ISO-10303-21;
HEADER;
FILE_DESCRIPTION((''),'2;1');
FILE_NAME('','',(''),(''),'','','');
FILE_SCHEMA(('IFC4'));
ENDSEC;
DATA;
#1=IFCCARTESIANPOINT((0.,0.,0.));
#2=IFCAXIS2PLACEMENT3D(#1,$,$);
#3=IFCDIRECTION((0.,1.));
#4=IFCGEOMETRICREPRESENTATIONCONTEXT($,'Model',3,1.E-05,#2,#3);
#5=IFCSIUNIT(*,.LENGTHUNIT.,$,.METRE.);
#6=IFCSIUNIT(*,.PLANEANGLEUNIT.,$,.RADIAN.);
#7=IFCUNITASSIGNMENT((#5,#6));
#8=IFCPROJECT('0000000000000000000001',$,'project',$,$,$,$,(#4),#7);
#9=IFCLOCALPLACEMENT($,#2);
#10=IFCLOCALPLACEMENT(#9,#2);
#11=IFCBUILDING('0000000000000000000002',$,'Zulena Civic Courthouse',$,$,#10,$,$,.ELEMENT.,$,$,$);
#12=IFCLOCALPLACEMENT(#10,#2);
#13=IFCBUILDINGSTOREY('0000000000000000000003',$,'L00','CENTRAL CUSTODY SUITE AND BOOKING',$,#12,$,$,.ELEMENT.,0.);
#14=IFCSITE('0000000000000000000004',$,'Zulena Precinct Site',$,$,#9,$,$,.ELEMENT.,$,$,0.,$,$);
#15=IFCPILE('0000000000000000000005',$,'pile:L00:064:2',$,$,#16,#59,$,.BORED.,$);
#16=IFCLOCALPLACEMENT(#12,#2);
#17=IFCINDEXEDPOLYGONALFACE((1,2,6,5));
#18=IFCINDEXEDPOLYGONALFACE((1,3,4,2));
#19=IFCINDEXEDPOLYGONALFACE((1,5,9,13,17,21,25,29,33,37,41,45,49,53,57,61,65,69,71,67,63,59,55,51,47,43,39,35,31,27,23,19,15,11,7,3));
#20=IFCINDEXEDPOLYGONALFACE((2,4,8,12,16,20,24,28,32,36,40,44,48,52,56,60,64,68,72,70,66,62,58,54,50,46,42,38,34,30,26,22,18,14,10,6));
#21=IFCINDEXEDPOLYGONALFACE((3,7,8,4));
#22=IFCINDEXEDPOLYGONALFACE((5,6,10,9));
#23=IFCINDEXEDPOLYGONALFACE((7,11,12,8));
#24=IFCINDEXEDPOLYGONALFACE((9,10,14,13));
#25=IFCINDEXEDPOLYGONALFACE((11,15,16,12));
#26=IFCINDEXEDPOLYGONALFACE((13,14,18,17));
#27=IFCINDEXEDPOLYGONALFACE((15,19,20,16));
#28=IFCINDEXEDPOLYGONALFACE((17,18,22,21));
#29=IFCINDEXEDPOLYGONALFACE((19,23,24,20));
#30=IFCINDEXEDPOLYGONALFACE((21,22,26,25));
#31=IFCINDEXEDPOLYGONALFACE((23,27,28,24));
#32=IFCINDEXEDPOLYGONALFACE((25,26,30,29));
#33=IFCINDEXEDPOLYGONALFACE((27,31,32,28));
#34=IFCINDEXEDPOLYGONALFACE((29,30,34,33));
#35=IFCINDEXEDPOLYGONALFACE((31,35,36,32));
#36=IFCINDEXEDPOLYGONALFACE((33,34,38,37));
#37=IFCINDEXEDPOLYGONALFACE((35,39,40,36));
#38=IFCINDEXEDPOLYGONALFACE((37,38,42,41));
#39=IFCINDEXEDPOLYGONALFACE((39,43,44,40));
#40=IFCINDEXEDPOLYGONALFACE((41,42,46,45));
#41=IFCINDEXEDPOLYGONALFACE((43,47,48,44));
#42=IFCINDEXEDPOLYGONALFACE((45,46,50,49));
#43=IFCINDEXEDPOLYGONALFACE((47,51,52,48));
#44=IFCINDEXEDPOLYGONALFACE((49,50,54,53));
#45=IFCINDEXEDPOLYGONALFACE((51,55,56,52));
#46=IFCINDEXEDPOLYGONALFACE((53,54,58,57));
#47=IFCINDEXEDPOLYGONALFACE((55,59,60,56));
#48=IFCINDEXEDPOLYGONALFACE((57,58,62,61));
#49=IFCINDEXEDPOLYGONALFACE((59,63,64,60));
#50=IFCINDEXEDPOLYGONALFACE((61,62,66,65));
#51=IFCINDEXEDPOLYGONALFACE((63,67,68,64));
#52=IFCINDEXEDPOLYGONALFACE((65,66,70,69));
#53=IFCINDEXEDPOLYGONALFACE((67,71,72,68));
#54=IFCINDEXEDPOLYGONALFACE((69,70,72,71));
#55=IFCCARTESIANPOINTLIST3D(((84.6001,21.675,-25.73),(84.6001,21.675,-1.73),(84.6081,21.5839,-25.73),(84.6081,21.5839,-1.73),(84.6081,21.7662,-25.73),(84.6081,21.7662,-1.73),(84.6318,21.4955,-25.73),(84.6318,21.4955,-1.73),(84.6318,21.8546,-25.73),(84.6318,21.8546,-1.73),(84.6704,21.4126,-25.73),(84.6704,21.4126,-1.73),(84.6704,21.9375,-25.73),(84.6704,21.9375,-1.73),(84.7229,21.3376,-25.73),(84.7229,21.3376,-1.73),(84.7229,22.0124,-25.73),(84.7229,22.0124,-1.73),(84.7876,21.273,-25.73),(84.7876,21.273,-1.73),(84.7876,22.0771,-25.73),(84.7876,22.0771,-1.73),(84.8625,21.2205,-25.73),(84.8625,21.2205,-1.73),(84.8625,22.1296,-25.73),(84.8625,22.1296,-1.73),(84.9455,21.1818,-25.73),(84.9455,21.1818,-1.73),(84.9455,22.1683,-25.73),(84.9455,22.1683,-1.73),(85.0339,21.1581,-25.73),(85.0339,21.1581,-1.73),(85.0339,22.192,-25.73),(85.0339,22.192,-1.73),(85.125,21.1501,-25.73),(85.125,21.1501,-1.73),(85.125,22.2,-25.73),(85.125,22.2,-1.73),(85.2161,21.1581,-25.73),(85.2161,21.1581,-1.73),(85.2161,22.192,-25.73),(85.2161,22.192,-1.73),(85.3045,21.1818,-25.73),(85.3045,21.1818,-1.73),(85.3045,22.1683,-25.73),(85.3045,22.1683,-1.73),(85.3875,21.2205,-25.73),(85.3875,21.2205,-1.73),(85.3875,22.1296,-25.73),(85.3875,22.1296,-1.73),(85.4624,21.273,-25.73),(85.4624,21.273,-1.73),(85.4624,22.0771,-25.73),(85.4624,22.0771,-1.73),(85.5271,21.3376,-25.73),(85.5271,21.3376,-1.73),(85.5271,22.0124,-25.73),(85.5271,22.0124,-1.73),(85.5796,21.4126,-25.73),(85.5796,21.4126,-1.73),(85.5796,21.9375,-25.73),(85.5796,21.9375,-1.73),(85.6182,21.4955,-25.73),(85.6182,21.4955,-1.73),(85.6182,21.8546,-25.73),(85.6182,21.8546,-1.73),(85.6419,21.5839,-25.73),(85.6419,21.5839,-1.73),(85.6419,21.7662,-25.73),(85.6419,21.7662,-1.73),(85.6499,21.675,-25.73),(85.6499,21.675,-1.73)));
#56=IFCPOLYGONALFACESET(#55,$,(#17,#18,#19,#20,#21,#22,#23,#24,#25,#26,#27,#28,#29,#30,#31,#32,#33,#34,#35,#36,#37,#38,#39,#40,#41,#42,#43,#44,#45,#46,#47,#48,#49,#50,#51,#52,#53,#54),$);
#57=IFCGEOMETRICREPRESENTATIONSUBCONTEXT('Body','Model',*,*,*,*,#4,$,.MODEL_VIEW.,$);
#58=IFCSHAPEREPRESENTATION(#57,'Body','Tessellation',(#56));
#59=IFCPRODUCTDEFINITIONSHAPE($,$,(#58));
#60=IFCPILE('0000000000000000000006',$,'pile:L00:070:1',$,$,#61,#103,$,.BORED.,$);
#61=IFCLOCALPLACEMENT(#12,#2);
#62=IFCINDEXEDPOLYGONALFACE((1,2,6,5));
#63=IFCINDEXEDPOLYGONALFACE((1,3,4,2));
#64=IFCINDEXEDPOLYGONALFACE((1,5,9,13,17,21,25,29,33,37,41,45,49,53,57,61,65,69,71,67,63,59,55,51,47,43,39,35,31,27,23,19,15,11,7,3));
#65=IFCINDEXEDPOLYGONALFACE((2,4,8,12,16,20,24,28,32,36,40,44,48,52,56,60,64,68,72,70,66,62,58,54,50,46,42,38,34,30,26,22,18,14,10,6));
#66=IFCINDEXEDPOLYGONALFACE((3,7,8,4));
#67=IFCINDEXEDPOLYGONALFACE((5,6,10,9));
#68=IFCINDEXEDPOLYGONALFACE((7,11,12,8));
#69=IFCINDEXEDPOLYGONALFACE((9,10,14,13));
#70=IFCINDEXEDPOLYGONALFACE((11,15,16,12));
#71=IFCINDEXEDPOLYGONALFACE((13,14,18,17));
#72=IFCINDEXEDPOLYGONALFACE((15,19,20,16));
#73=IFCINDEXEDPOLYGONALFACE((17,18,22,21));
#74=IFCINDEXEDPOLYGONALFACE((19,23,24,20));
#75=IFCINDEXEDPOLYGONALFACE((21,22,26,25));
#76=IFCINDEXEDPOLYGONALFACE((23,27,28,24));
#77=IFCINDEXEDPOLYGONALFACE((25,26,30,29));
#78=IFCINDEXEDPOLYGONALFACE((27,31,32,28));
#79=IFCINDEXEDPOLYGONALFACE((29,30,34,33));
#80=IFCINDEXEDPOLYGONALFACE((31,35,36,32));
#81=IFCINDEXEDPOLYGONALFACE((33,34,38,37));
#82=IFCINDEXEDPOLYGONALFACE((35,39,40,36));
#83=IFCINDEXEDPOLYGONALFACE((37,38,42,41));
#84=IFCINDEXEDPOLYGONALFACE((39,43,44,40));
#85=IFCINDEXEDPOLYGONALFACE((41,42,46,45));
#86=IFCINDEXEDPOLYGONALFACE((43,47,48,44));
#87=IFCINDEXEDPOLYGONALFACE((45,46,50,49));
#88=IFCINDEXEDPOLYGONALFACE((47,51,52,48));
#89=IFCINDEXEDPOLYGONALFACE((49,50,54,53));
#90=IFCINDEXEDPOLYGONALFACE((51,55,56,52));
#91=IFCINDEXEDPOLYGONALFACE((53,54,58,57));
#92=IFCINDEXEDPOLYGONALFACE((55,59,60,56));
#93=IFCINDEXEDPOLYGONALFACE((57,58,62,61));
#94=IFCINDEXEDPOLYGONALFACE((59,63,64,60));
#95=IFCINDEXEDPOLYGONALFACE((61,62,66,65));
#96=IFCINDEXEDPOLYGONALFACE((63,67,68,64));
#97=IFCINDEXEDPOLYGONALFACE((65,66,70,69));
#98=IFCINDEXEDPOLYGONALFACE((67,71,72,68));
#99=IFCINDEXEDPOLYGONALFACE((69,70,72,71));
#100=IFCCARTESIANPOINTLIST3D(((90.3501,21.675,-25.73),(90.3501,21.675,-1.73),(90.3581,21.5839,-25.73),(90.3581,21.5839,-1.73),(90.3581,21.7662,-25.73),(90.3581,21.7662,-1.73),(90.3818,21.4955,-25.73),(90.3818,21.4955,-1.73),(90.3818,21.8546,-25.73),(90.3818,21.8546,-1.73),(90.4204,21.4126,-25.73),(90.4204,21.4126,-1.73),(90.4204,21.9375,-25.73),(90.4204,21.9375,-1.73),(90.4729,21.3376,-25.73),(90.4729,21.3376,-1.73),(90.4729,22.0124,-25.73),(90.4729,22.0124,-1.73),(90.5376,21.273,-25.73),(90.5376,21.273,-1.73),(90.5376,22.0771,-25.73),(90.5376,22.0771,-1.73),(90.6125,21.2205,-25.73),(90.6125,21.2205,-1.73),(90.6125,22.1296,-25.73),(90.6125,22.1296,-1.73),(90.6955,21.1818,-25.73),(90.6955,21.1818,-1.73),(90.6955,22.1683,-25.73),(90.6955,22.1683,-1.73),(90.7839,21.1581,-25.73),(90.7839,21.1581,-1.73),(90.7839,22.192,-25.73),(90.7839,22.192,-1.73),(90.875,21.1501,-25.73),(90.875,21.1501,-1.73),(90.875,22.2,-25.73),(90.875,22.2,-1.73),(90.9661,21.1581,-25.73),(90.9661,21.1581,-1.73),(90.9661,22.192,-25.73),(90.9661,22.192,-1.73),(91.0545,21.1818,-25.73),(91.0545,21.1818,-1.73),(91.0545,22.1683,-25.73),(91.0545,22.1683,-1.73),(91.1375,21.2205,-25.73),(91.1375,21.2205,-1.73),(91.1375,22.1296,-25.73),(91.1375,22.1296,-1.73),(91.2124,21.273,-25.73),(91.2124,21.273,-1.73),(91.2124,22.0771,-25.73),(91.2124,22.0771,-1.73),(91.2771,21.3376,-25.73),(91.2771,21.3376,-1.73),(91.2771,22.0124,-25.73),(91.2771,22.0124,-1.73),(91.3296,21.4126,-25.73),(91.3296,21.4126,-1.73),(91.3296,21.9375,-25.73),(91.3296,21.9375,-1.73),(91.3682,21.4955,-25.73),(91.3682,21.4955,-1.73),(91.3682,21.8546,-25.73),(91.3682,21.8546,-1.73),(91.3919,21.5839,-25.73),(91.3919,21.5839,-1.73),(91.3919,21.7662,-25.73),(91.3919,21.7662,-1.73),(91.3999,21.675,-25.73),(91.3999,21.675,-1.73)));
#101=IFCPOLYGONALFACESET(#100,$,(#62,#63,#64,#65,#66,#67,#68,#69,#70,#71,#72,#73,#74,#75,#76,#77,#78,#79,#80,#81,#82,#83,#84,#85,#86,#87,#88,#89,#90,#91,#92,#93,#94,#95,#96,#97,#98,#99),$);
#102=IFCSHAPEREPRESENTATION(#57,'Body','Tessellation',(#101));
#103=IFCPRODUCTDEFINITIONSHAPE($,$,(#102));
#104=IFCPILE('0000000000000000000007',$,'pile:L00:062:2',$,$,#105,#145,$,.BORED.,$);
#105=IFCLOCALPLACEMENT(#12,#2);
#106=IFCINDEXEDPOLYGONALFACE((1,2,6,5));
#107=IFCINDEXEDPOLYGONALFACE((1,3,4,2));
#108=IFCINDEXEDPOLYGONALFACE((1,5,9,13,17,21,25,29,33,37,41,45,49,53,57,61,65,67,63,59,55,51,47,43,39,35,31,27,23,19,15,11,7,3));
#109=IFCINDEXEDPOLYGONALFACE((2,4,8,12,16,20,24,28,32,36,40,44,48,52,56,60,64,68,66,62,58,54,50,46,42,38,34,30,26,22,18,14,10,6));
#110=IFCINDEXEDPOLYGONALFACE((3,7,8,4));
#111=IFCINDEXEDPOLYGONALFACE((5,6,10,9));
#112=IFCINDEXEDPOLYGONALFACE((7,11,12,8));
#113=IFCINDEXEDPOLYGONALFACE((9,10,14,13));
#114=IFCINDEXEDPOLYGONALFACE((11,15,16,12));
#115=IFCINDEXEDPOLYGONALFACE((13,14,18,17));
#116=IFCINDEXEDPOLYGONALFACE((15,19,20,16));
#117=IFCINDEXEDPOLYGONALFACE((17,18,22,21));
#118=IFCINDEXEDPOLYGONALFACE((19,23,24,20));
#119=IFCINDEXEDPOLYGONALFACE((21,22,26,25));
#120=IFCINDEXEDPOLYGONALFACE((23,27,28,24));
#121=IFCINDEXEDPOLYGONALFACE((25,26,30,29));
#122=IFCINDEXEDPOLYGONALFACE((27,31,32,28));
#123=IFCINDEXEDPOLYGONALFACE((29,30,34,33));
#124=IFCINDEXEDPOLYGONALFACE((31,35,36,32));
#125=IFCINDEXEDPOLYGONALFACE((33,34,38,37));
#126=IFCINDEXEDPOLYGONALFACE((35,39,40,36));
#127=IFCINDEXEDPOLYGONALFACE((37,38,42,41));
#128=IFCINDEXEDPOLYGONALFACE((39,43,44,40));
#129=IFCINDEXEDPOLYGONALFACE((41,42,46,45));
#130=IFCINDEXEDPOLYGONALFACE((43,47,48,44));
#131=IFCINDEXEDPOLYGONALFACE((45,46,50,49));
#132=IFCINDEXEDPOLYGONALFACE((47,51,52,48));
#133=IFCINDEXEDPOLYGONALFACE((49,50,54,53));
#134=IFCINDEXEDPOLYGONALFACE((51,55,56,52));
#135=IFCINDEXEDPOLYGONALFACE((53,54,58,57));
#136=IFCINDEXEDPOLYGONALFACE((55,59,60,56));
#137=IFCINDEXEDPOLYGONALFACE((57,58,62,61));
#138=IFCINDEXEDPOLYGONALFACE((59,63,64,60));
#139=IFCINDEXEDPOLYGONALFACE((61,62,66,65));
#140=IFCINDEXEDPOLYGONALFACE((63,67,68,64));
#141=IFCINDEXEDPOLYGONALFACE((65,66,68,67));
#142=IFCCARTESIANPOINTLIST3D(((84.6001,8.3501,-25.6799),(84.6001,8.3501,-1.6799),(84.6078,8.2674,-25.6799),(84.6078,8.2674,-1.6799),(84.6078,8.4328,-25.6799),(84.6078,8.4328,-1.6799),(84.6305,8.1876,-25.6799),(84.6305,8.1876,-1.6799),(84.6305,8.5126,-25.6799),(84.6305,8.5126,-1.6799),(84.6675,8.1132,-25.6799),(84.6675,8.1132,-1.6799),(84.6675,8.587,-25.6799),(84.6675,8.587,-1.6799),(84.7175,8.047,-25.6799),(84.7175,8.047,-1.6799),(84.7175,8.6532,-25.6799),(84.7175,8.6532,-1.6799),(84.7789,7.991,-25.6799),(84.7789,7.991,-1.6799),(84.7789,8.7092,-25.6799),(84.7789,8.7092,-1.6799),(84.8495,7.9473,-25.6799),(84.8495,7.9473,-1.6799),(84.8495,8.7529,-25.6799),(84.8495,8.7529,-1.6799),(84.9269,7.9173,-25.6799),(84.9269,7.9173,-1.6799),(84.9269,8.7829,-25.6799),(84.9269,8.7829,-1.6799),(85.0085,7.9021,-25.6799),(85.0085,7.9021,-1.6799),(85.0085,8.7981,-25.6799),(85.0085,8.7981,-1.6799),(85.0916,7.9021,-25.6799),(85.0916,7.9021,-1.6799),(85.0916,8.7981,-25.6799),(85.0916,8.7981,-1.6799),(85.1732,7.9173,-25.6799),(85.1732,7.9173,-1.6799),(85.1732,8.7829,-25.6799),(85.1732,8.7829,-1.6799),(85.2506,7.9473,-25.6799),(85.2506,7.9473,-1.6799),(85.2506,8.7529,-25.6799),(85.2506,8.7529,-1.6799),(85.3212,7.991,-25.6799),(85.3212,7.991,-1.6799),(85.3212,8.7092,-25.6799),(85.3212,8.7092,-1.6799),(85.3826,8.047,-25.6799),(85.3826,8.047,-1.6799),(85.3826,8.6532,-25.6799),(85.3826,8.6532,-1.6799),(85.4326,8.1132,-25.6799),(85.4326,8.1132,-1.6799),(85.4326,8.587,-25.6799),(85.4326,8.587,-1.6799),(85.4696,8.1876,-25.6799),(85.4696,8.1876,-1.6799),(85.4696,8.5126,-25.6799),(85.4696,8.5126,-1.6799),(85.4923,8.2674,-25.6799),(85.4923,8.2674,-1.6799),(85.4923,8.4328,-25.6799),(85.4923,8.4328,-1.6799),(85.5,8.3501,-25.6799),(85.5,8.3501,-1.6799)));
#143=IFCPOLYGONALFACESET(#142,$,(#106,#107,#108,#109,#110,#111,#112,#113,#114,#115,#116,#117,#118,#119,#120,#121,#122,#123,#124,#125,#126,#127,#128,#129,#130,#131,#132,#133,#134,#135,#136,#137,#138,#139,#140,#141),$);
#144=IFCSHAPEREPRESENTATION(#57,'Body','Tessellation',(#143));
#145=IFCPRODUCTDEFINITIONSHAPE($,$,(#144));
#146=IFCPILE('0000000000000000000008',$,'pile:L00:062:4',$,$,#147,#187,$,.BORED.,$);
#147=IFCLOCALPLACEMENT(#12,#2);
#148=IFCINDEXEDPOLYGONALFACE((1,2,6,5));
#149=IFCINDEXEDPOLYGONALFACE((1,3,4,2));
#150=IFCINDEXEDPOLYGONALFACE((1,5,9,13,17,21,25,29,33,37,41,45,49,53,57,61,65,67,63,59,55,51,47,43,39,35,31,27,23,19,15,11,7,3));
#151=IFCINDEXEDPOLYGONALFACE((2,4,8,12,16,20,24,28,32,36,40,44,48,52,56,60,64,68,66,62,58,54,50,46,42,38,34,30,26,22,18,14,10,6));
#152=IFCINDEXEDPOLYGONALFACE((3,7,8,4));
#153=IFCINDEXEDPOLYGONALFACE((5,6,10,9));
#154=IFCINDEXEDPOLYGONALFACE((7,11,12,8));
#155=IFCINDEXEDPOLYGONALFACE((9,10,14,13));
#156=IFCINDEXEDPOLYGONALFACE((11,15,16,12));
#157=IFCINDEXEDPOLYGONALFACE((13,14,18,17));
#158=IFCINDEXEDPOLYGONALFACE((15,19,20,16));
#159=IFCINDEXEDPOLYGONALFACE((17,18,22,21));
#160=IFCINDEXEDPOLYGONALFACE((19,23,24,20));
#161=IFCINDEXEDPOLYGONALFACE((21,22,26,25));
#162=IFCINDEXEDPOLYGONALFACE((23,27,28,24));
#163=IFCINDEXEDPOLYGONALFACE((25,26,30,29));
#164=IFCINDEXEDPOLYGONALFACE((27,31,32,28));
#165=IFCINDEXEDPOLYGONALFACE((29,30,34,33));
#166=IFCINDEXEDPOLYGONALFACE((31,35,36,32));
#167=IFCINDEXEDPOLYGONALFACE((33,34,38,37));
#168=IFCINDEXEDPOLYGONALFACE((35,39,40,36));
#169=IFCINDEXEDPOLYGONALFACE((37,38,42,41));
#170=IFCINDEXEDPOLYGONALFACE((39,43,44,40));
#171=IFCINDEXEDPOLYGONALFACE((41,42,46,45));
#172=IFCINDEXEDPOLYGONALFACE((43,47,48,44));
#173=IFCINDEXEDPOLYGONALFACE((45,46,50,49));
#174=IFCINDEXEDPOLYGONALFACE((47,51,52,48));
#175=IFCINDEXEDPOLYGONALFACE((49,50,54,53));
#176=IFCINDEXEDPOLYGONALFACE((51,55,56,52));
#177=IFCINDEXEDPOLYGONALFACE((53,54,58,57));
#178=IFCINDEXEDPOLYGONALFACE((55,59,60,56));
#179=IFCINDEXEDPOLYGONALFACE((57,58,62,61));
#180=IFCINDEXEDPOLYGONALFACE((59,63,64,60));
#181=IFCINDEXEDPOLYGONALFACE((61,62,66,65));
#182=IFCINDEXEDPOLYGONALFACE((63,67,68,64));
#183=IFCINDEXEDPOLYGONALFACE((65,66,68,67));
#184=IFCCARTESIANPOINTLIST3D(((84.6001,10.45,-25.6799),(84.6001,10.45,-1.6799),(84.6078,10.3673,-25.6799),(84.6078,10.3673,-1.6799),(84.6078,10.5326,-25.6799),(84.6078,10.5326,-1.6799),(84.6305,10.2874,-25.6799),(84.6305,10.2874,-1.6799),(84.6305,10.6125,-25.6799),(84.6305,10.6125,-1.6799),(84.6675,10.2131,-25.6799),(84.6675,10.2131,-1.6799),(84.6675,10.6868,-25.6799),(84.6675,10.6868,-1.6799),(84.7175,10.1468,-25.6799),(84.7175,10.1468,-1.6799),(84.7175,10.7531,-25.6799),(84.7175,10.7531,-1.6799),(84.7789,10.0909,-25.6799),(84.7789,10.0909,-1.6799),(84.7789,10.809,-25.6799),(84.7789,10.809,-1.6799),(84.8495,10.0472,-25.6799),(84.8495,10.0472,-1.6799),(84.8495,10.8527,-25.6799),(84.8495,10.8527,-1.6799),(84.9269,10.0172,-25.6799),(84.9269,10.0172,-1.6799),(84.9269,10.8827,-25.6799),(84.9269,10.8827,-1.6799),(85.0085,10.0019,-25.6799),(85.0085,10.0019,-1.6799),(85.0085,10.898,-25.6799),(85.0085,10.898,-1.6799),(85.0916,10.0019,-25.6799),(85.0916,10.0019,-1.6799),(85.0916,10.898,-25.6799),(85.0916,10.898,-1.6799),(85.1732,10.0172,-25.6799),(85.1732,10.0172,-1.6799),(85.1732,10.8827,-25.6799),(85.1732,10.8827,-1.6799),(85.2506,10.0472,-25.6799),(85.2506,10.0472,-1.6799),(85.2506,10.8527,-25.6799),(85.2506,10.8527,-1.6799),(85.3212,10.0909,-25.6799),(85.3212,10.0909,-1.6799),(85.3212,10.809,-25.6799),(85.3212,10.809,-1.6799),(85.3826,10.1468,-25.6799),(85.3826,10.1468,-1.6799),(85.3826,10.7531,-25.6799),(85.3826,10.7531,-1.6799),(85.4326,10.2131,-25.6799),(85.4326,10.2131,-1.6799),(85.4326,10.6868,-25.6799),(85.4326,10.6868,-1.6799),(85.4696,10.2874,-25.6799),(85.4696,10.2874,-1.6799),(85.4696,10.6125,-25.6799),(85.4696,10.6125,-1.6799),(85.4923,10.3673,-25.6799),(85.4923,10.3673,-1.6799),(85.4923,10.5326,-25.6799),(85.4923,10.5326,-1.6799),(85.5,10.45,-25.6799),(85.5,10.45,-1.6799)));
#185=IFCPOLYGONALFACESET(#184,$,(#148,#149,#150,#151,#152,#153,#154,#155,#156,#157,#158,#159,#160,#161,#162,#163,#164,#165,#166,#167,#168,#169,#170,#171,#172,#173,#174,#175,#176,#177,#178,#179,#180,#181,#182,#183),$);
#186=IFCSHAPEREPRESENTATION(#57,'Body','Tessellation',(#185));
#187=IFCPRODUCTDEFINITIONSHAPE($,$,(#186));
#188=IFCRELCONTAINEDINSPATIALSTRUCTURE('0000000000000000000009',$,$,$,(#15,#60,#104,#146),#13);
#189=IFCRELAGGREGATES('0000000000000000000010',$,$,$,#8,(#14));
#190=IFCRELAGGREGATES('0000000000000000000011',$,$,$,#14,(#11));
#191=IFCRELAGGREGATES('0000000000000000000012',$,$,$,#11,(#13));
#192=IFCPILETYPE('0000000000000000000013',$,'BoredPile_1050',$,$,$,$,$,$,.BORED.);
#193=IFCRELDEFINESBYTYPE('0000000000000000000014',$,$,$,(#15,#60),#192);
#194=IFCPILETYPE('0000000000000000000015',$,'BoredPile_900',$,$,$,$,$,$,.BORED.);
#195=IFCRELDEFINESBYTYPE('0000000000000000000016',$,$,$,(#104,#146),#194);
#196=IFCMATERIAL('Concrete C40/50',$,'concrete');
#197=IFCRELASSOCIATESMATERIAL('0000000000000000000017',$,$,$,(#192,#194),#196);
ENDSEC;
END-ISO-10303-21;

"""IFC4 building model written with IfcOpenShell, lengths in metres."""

from ifc_helpers import new_model, si_unit, direction, frame, origin, origin_2d, place, context, subcontext, project, spatial, circle, extrude, material, material_profile, profile_set, type_object, element, save


model = new_model("IFC4")

# Units and contexts
model_context = context("Model", 3, precision=1e-05, world=origin(), true_north=direction((0.0, 1.0)))
body_context = subcontext(model_context, "Body", "Model", "MODEL_VIEW")
ifc_project = project(units=[si_unit("LENGTHUNIT", "METRE"), si_unit("PLANEANGLEUNIT", "RADIAN")], contexts=[model_context])

# Site, building, storey
site_placement = place(None, origin())
site = spatial("IfcSite", under=ifc_project, at=site_placement, Name="Zulena Precinct Site", CompositionType="ELEMENT", RefElevation=0.0)
building_placement = place(site_placement, origin())
building = spatial("IfcBuilding", under=site, at=building_placement, Name="Zulena Civic Courthouse", CompositionType="ELEMENT")
storey_placement = place(building_placement, origin())
storey = spatial("IfcBuildingStorey", under=building, at=storey_placement, Name="L00", Description="CENTRAL CUSTODY SUITE AND BOOKING", CompositionType="ELEMENT", Elevation=0.0)

# Piles
ifc_material_1 = material(Name="Concrete C40/50", Category="concrete")
ifc_material_profile_1 = material_profile(ifc_material_1, circle(Radius=0.5249, at=origin_2d()), Name="PILE1050")
ifc_profile_set_1 = profile_set([ifc_material_profile_1], Name="Concrete C40/50")
pile_type_1 = type_object("IfcPileType", Name="BoredPile_1050", PredefinedType="BORED", material=ifc_profile_set_1)
for number, where, z_axis, x_axis, name in (
    (1, (85.125, 21.675, -1.73), (0.0, 0.0, -1.0), (1.0, 0.0, 0.0), "pile:L00:064:2"),
    (2, (90.875, 21.675, -1.73), (0.0, 0.0, -1.0), (1.0, 0.0, 0.0), "pile:L00:070:1"),
):
    element("IfcPile", number, at=place(storey_placement, frame(where, z_axis=z_axis, x_axis=x_axis)), inside=storey, type_object=pile_type_1, Name=name, PredefinedType="BORED", context=body_context, shape_type="SweptSolid", body=[
        extrude(circle(Radius=0.5249, at=origin_2d()), origin(), (0.0, 0.0, 1.0), 24.0),
    ])
ifc_material_profile_2 = material_profile(ifc_material_1, circle(Radius=0.45, at=origin_2d()), Name="PILE900")
ifc_profile_set_2 = profile_set([ifc_material_profile_2], Name="Concrete C40/50")
pile_type_2 = type_object("IfcPileType", Name="BoredPile_900", PredefinedType="BORED", material=ifc_profile_set_2)
for number, where, z_axis, x_axis, name in (
    (3, (85.05, 8.3501, -1.6799), (0.0, 0.0, -1.0), (1.0, 0.0, 0.0), "pile:L00:062:2"),
    (4, (85.05, 10.45, -1.6799), (0.0, 0.0, -1.0), (1.0, 0.0, 0.0), "pile:L00:062:4"),
):
    element("IfcPile", number, at=place(storey_placement, frame(where, z_axis=z_axis, x_axis=x_axis)), inside=storey, type_object=pile_type_2, Name=name, PredefinedType="BORED", context=body_context, shape_type="SweptSolid", body=[
        extrude(circle(Radius=0.45, at=origin_2d()), origin(), (0.0, 0.0, 1.0), 24.0),
    ])

save(model, "model.ifc")
